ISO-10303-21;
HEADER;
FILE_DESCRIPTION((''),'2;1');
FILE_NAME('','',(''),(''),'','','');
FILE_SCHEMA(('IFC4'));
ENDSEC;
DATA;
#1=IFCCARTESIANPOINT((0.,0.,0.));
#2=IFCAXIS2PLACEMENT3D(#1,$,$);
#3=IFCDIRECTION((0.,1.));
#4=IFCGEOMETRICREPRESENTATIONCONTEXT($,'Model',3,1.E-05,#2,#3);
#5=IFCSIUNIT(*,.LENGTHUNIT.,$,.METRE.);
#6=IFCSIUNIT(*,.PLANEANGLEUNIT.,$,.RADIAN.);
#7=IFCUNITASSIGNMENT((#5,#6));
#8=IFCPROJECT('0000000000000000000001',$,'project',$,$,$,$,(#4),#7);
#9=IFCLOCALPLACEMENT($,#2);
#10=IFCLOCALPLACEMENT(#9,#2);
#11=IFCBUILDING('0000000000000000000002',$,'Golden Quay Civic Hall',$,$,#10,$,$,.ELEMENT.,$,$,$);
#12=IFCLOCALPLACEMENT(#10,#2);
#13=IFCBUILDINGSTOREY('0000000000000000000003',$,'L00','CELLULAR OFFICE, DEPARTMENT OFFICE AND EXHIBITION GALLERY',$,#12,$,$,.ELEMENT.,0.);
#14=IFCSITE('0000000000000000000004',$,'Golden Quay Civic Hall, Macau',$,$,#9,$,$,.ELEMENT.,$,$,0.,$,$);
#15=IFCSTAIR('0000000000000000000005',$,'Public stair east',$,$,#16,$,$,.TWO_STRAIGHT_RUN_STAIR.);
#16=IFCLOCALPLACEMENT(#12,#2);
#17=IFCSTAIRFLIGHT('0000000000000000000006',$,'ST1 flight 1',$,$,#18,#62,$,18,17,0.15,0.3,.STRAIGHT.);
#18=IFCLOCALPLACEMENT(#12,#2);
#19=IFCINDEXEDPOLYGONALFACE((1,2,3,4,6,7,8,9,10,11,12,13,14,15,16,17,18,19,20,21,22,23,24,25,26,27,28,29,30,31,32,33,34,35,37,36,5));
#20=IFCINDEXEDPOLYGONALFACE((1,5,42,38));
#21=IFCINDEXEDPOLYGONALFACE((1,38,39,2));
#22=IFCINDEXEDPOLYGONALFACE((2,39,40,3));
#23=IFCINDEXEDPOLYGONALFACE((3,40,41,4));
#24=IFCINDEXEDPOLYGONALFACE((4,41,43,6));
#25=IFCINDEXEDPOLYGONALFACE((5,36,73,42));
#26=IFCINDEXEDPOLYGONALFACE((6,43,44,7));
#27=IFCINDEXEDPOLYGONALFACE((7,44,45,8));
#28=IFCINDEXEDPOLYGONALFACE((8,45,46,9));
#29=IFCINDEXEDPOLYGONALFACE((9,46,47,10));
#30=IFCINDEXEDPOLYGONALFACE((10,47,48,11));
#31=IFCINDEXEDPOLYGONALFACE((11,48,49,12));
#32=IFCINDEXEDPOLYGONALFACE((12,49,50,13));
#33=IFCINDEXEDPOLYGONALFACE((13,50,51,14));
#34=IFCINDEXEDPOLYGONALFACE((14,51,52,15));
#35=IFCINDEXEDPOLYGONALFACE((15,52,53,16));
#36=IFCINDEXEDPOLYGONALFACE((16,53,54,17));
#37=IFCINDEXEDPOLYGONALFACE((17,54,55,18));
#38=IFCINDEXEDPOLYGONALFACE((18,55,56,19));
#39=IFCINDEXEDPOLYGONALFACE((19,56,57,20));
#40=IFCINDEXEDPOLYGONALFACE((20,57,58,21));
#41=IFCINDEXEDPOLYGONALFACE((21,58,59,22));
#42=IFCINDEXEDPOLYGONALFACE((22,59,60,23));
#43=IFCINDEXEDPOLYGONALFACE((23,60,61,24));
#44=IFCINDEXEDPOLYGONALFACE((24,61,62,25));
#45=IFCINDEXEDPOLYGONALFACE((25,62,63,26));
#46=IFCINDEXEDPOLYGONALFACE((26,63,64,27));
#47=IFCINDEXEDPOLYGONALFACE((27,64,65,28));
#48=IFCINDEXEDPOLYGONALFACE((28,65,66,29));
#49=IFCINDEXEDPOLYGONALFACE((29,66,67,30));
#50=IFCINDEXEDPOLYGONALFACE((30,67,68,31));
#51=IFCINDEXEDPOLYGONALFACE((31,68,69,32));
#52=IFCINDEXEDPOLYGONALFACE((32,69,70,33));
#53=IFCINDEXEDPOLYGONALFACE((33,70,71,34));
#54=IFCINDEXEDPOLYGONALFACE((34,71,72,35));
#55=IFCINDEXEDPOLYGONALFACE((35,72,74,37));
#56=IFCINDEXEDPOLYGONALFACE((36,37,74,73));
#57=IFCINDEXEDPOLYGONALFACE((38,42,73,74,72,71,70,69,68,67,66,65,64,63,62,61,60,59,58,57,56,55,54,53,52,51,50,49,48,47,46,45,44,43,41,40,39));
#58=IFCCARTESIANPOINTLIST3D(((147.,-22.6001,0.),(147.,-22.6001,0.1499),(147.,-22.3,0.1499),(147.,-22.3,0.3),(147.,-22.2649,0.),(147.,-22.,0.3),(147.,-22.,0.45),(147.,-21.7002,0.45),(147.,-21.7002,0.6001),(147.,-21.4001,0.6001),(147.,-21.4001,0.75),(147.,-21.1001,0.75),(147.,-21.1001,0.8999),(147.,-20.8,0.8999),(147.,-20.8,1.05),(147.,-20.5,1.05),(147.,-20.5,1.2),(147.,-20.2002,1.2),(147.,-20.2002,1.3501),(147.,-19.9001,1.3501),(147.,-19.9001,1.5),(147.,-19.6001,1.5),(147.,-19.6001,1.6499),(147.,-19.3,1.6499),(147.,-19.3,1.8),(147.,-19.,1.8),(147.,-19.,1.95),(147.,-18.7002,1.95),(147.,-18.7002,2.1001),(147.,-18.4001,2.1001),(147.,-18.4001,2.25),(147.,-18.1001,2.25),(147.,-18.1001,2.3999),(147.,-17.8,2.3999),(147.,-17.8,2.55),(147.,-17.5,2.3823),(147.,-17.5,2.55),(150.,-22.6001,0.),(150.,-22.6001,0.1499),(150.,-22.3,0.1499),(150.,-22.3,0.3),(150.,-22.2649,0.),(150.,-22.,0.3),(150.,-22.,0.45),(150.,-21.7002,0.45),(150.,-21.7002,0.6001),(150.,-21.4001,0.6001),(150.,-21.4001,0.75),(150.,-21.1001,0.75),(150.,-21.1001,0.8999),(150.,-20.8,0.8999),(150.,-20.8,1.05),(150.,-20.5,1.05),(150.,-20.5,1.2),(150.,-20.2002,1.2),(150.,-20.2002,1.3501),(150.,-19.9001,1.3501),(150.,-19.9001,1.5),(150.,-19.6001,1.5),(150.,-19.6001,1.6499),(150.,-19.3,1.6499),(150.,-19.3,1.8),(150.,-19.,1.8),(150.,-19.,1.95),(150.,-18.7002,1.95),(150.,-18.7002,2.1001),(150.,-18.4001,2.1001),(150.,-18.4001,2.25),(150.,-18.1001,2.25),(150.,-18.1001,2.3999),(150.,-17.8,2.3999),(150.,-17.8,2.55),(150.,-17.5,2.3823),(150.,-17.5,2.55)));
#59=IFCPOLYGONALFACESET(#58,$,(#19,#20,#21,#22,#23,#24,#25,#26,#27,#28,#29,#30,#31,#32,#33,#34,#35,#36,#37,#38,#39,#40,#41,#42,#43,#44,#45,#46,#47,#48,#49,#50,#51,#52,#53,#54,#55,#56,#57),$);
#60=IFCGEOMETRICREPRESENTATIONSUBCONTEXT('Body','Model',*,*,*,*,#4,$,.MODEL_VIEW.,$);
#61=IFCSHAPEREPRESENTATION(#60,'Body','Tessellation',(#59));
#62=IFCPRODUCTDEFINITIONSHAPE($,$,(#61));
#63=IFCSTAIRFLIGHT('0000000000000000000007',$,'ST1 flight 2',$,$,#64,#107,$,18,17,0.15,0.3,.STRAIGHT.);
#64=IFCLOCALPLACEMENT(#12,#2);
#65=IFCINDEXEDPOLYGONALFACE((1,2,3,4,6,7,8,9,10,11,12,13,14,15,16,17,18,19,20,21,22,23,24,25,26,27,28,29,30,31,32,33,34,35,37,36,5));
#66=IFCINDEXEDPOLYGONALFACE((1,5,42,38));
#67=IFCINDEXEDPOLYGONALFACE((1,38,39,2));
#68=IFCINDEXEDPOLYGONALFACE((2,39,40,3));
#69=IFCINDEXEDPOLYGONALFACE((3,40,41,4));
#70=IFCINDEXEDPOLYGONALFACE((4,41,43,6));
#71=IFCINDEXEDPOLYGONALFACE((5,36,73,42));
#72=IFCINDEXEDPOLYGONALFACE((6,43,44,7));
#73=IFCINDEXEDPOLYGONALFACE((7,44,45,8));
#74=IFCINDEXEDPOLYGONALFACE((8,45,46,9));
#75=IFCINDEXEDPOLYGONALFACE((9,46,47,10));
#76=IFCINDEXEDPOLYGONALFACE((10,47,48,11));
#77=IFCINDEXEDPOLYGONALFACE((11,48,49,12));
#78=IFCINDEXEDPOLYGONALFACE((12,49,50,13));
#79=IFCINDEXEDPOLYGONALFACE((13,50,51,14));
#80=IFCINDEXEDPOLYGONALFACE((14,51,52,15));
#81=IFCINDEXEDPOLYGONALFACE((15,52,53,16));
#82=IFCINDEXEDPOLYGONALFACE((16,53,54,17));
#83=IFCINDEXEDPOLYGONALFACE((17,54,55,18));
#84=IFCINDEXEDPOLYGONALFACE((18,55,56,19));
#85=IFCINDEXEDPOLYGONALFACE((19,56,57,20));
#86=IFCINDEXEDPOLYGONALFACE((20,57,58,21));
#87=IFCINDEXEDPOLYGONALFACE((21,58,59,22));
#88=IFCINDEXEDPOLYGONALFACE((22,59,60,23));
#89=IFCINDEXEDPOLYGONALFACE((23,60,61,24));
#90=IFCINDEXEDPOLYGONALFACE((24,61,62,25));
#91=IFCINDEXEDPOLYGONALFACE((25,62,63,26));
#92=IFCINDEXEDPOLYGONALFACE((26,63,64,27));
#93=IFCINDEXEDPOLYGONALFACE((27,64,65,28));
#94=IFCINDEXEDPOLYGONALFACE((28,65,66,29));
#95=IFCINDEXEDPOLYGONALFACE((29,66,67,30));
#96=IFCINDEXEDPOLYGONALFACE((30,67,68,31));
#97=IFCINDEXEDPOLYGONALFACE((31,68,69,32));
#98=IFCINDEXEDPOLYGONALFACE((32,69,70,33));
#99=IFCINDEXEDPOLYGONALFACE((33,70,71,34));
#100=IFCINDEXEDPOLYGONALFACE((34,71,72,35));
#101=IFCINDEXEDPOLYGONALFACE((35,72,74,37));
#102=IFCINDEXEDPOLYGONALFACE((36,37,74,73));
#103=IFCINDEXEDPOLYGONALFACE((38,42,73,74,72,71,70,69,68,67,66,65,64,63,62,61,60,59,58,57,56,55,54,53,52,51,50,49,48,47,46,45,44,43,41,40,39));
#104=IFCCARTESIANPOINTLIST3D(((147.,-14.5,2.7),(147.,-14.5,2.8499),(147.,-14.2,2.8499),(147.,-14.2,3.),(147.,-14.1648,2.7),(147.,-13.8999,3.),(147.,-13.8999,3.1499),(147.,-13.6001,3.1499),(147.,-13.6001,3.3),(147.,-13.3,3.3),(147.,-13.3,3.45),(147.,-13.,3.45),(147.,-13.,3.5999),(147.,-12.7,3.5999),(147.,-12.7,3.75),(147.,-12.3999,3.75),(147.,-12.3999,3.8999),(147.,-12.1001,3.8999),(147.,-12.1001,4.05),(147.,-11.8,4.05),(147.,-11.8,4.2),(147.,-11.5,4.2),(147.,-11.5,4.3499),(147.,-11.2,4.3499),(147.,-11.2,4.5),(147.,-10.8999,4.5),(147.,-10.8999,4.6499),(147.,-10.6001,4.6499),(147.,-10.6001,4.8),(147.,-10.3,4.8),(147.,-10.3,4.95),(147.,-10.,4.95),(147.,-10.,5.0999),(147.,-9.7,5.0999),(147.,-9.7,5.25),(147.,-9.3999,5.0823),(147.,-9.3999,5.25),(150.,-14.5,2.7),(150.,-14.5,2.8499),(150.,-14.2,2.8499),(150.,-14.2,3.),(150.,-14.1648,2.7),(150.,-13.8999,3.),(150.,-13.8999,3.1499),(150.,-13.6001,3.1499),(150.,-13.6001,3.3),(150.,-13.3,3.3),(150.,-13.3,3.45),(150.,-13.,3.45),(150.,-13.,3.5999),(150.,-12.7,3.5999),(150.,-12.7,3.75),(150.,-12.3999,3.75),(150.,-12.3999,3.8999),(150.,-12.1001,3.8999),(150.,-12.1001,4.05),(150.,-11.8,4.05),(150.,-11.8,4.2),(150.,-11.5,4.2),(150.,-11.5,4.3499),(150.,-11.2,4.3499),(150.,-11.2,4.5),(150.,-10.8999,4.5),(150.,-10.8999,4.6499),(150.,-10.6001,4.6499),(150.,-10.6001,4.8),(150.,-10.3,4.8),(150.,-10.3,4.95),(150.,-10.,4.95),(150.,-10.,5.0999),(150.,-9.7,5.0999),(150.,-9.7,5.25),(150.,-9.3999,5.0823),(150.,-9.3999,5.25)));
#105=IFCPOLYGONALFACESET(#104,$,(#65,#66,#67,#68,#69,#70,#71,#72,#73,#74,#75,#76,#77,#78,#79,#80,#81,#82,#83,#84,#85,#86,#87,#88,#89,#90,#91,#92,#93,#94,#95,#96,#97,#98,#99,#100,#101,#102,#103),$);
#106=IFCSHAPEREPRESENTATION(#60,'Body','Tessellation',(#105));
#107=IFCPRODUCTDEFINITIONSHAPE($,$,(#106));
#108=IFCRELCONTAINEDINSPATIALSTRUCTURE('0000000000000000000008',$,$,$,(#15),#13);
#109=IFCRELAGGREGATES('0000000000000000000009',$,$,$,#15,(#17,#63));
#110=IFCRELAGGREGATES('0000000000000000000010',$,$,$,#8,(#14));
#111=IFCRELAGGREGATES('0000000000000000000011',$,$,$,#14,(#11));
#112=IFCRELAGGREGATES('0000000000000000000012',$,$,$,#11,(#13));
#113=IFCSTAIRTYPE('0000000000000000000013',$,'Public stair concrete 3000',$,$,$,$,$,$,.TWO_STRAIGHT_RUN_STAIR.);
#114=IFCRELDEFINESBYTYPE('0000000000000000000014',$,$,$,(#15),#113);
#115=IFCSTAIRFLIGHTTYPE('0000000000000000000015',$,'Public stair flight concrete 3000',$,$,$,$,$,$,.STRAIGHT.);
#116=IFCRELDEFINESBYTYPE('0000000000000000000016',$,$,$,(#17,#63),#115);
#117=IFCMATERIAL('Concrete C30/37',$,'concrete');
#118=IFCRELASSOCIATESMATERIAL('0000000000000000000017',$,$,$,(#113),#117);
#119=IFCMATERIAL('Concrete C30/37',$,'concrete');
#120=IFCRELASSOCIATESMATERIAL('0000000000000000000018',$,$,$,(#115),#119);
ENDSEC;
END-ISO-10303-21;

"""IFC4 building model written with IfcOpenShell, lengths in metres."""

from ifc_helpers import new_model, si_unit, direction, frame, origin, place, context, subcontext, project, spatial, polyline, outline, extrude, material, type_object, element, aggregate, save


model = new_model("IFC4")

# Units and contexts
model_context = context("Model", 3, precision=1e-05, world=origin(), true_north=direction((0.0, 1.0)))
body_context = subcontext(model_context, "Body", "Model", "MODEL_VIEW")
ifc_project = project(units=[si_unit("LENGTHUNIT", "METRE"), si_unit("PLANEANGLEUNIT", "RADIAN")], contexts=[model_context])

# Site, building, storey
site_placement = place(None, origin())
site = spatial("IfcSite", under=ifc_project, at=site_placement, Name="Golden Quay Civic Hall, Macau", CompositionType="ELEMENT", RefElevation=0.0)
building_placement = place(site_placement, origin())
building = spatial("IfcBuilding", under=site, at=building_placement, Name="Golden Quay Civic Hall", CompositionType="ELEMENT")
storey_placement = place(building_placement, origin())
storey = spatial("IfcBuildingStorey", under=building, at=storey_placement, Name="L00", Description="CELLULAR OFFICE, DEPARTMENT OFFICE AND EXHIBITION GALLERY", CompositionType="ELEMENT", Elevation=0.0)

# Stair, stair flights
ifc_material_1 = material(Name="Concrete C30/37", Category="concrete")
stair_type = type_object("IfcStairType", Name="Public stair concrete 3000", PredefinedType="TWO_STRAIGHT_RUN_STAIR", material=ifc_material_1)
stair_placement = place(storey_placement, origin())
stair = element("IfcStair", 1, at=stair_placement, inside=storey, type_object=stair_type, Name="Public stair east", PredefinedType="TWO_STRAIGHT_RUN_STAIR")
ifc_material_2 = material(Name="Concrete C30/37", Category="concrete")
stair_flight_type = type_object("IfcStairFlightType", Name="Public stair flight concrete 3000", PredefinedType="STRAIGHT", material=ifc_material_2)
stair_flight_1_placement = place(storey_placement, frame((148.5, -22.6001, 0.0), z_axis=(0.0, 0.0, 1.0), x_axis=(0.0, 1.0, 0.0)))
stair_flight_1 = element("IfcStairFlight", 2, at=stair_flight_1_placement, type_object=stair_flight_type, Name="ST1 flight 1", NumberOfRisers=18, NumberOfTreads=17, PredefinedType="STRAIGHT", RiserHeight=0.15, TreadLength=0.3, context=body_context, shape_type="SweptSolid", body=[
    extrude(outline(polyline([(0.0, 0.0), (0.0, 0.1499), (0.3, 0.1499), (0.3, 0.3), (0.6001, 0.3), (0.6001, 0.45), (0.8999, 0.45), (0.8999, 0.6001), (1.2, 0.6001), (1.2, 0.75), (1.5, 0.75), (1.5, 0.8999), (1.8, 0.8999), (1.8, 1.05), (2.1001, 1.05), (2.1001, 1.2), (2.3999, 1.2), (2.3999, 1.3501), (2.7, 1.3501), (2.7, 1.5), (3.0, 1.5), (3.0, 1.6499), (3.3, 1.6499), (3.3, 1.8), (3.6001, 1.8), (3.6001, 1.95), (3.8999, 1.95), (3.8999, 2.1001), (4.2, 2.1001), (4.2, 2.25), (4.5, 2.25), (4.5, 2.3999), (4.8, 2.3999), (4.8, 2.55), (5.1001, 2.55), (5.1001, 2.7), (5.1001, 2.3823), (0.3352, 0.0), (0.0, 0.0)])), frame((0.0, 1.5, 0.0), z_axis=(0.0, -1.0, 0.0), x_axis=(1.0, 0.0, 0.0)), (0.0, 0.0, 1.0), 3.0),
])
stair_flight_2_placement = place(storey_placement, frame((148.5, -14.5, 2.7), z_axis=(0.0, 0.0, 1.0), x_axis=(0.0, 1.0, 0.0)))
stair_flight_2 = element("IfcStairFlight", 3, at=stair_flight_2_placement, type_object=stair_flight_type, Name="ST1 flight 2", NumberOfRisers=18, NumberOfTreads=17, PredefinedType="STRAIGHT", RiserHeight=0.15, TreadLength=0.3, context=body_context, shape_type="SweptSolid", body=[
    extrude(outline(polyline([(0.0, 0.0), (0.0, 0.1499), (0.3, 0.1499), (0.3, 0.3), (0.6001, 0.3), (0.6001, 0.45), (0.8999, 0.45), (0.8999, 0.6001), (1.2, 0.6001), (1.2, 0.75), (1.5, 0.75), (1.5, 0.8999), (1.8, 0.8999), (1.8, 1.05), (2.1001, 1.05), (2.1001, 1.2), (2.3999, 1.2), (2.3999, 1.3501), (2.7, 1.3501), (2.7, 1.5), (3.0, 1.5), (3.0, 1.6499), (3.3, 1.6499), (3.3, 1.8), (3.6001, 1.8), (3.6001, 1.95), (3.8999, 1.95), (3.8999, 2.1001), (4.2, 2.1001), (4.2, 2.25), (4.5, 2.25), (4.5, 2.3999), (4.8, 2.3999), (4.8, 2.55), (5.1001, 2.55), (5.1001, 2.7), (5.1001, 2.3823), (0.3352, 0.0), (0.0, 0.0)])), frame((0.0, 1.5, 0.0), z_axis=(0.0, -1.0, 0.0), x_axis=(1.0, 0.0, 0.0)), (0.0, 0.0, 1.0), 3.0),
])
aggregate(stair, [stair_flight_1, stair_flight_2])

save(model, "model.ifc")
